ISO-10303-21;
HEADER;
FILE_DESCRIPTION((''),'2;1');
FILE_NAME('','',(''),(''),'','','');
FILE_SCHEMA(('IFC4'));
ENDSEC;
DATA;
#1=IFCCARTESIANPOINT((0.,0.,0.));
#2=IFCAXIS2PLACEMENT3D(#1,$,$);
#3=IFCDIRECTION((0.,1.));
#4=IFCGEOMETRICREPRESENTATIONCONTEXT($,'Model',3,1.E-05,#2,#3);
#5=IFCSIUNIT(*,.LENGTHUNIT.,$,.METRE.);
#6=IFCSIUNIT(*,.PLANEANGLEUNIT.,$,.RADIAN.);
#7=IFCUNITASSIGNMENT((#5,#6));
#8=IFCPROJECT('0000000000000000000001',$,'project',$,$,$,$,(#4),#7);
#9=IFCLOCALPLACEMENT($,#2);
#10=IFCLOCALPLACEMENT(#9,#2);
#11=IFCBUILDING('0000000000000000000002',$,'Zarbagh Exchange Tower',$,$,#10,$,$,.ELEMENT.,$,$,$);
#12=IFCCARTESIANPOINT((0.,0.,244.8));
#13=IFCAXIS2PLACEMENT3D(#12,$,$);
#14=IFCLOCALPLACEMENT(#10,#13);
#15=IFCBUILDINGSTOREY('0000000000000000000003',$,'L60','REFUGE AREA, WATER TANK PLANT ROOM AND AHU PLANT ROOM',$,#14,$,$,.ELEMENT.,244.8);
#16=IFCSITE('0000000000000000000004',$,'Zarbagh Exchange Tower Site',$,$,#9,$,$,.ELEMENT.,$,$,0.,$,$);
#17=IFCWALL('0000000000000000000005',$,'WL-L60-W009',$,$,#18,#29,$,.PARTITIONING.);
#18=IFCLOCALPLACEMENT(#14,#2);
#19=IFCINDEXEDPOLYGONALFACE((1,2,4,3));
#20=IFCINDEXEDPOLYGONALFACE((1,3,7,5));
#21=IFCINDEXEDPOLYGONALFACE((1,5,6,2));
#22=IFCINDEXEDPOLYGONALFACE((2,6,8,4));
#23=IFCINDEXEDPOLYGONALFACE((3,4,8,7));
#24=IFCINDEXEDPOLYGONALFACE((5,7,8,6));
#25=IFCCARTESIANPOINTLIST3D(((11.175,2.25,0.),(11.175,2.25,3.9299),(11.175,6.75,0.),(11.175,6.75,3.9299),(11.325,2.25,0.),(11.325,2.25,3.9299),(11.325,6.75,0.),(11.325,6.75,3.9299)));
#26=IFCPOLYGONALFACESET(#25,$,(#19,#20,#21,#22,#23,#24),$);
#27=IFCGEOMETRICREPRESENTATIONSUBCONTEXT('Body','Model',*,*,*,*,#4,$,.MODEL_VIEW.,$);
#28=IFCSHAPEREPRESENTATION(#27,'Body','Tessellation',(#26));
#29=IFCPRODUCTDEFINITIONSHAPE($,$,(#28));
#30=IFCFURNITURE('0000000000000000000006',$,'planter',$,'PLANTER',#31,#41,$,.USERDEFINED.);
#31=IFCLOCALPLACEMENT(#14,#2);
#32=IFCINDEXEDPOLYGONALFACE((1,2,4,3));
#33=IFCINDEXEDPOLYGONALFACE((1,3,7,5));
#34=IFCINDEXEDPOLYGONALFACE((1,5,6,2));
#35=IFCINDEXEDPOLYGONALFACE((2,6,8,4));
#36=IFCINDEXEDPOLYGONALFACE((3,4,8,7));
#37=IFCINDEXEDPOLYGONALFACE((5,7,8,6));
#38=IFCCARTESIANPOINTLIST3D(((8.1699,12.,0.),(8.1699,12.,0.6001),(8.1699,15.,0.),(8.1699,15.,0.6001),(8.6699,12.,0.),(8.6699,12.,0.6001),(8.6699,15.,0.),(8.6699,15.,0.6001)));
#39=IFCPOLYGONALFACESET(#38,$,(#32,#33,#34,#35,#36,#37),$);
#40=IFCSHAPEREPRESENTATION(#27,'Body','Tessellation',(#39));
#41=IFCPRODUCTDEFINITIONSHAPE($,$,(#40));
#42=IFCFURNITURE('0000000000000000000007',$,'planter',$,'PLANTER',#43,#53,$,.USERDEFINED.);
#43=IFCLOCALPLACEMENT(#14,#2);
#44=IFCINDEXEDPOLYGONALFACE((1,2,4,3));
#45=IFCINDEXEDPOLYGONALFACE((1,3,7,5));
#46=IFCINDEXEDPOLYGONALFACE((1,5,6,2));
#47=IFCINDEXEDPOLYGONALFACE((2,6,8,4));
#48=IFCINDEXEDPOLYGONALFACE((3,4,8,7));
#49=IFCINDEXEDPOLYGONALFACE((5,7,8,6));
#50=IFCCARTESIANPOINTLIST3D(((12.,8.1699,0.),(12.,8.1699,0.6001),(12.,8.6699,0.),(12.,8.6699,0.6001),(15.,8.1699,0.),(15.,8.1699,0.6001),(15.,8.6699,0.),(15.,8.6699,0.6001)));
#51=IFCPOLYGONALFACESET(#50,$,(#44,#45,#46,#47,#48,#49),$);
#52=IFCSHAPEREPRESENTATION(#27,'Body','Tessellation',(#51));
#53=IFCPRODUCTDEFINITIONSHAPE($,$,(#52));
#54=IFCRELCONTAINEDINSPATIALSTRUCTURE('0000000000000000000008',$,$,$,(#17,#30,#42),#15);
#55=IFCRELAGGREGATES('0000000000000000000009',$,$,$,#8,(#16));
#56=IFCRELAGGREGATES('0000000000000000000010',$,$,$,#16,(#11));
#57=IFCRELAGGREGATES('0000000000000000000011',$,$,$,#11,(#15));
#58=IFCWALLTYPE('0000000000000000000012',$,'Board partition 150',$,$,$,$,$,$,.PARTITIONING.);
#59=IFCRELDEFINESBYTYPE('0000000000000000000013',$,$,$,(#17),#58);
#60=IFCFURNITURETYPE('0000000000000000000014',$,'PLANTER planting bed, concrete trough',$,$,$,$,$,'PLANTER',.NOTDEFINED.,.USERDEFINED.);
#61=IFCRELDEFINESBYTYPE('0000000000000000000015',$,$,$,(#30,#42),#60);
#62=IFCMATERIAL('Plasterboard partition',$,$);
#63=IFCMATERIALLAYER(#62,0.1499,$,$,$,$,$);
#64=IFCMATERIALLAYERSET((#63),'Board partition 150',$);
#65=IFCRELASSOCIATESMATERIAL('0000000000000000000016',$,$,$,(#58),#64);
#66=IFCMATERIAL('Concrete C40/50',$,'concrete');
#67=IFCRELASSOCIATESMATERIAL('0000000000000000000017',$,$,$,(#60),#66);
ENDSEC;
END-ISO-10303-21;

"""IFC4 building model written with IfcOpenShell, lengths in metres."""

from ifc_helpers import new_model, si_unit, direction, frame, frame_2d, origin, origin_2d, place, context, subcontext, project, spatial, rectangle, extrude, material, layer, layer_set, type_object, element, save


model = new_model("IFC4")

# Units and contexts
model_context = context("Model", 3, precision=1e-05, world=origin(), true_north=direction((0.0, 1.0)))
body_context = subcontext(model_context, "Body", "Model", "MODEL_VIEW")
ifc_project = project(units=[si_unit("LENGTHUNIT", "METRE"), si_unit("PLANEANGLEUNIT", "RADIAN")], contexts=[model_context])

# Site, building, storey
site_placement = place(None, origin())
site = spatial("IfcSite", under=ifc_project, at=site_placement, Name="Zarbagh Exchange Tower Site", CompositionType="ELEMENT", RefElevation=0.0)
building_placement = place(site_placement, origin())
building = spatial("IfcBuilding", under=site, at=building_placement, Name="Zarbagh Exchange Tower", CompositionType="ELEMENT")
storey_placement = place(building_placement, frame((0.0, 0.0, 244.8)))
storey = spatial("IfcBuildingStorey", under=building, at=storey_placement, Name="L60", Description="REFUGE AREA, WATER TANK PLANT ROOM AND AHU PLANT ROOM", CompositionType="ELEMENT", Elevation=244.8)

# Shared definitions
ifc_material_1 = material(Name="Concrete C40/50", Category="concrete")

# Wall
ifc_material_2 = material(Name="Plasterboard partition")
ifc_layer_1 = layer(ifc_material_2, 0.1499)
ifc_layer_set_1 = layer_set([ifc_layer_1], Name="Board partition 150")
wall_type_1 = type_object("IfcWallType", Name="Board partition 150", PredefinedType="PARTITIONING", material=ifc_layer_set_1)
wall_1_placement = place(storey_placement, frame((11.25, 6.75, 0.0), z_axis=(0.0, 0.0, 1.0), x_axis=(0.0, -1.0, 0.0)))
element("IfcWall", 1, at=wall_1_placement, inside=storey, type_object=wall_type_1, Name="WL-L60-W009", PredefinedType="PARTITIONING", context=body_context, shape_type="SweptSolid", body=[
    extrude(rectangle(XDim=4.5, YDim=0.1499, at=frame_2d((2.25, 0.0))), origin(), (0.0, 0.0, 1.0), 3.9299),
])

# Furniture
furniture_type = type_object("IfcFurnitureType", Name="PLANTER planting bed, concrete trough", ElementType="PLANTER", AssemblyPlace="NOTDEFINED", PredefinedType="USERDEFINED", material=ifc_material_1)
for number, where, z_axis, x_axis, name in (
    (2, (8.4199, 13.5, 0.0), (0.0, 0.0, 1.0), (0.0, -1.0, 0.0), "planter"),
    (3, (13.5, 8.4199, 0.0), (0.0, 0.0, 1.0), (1.0, 0.0, 0.0), "planter"),
):
    element("IfcFurniture", number, at=place(storey_placement, frame(where, z_axis=z_axis, x_axis=x_axis)), inside=storey, type_object=furniture_type, Name=name, ObjectType="PLANTER", PredefinedType="USERDEFINED", context=body_context, shape_type="SweptSolid", body=[
        extrude(rectangle(XDim=3.0, YDim=0.5, at=origin_2d()), origin(), (0.0, 0.0, 1.0), 0.6001),
    ])

save(model, "model.ifc")
